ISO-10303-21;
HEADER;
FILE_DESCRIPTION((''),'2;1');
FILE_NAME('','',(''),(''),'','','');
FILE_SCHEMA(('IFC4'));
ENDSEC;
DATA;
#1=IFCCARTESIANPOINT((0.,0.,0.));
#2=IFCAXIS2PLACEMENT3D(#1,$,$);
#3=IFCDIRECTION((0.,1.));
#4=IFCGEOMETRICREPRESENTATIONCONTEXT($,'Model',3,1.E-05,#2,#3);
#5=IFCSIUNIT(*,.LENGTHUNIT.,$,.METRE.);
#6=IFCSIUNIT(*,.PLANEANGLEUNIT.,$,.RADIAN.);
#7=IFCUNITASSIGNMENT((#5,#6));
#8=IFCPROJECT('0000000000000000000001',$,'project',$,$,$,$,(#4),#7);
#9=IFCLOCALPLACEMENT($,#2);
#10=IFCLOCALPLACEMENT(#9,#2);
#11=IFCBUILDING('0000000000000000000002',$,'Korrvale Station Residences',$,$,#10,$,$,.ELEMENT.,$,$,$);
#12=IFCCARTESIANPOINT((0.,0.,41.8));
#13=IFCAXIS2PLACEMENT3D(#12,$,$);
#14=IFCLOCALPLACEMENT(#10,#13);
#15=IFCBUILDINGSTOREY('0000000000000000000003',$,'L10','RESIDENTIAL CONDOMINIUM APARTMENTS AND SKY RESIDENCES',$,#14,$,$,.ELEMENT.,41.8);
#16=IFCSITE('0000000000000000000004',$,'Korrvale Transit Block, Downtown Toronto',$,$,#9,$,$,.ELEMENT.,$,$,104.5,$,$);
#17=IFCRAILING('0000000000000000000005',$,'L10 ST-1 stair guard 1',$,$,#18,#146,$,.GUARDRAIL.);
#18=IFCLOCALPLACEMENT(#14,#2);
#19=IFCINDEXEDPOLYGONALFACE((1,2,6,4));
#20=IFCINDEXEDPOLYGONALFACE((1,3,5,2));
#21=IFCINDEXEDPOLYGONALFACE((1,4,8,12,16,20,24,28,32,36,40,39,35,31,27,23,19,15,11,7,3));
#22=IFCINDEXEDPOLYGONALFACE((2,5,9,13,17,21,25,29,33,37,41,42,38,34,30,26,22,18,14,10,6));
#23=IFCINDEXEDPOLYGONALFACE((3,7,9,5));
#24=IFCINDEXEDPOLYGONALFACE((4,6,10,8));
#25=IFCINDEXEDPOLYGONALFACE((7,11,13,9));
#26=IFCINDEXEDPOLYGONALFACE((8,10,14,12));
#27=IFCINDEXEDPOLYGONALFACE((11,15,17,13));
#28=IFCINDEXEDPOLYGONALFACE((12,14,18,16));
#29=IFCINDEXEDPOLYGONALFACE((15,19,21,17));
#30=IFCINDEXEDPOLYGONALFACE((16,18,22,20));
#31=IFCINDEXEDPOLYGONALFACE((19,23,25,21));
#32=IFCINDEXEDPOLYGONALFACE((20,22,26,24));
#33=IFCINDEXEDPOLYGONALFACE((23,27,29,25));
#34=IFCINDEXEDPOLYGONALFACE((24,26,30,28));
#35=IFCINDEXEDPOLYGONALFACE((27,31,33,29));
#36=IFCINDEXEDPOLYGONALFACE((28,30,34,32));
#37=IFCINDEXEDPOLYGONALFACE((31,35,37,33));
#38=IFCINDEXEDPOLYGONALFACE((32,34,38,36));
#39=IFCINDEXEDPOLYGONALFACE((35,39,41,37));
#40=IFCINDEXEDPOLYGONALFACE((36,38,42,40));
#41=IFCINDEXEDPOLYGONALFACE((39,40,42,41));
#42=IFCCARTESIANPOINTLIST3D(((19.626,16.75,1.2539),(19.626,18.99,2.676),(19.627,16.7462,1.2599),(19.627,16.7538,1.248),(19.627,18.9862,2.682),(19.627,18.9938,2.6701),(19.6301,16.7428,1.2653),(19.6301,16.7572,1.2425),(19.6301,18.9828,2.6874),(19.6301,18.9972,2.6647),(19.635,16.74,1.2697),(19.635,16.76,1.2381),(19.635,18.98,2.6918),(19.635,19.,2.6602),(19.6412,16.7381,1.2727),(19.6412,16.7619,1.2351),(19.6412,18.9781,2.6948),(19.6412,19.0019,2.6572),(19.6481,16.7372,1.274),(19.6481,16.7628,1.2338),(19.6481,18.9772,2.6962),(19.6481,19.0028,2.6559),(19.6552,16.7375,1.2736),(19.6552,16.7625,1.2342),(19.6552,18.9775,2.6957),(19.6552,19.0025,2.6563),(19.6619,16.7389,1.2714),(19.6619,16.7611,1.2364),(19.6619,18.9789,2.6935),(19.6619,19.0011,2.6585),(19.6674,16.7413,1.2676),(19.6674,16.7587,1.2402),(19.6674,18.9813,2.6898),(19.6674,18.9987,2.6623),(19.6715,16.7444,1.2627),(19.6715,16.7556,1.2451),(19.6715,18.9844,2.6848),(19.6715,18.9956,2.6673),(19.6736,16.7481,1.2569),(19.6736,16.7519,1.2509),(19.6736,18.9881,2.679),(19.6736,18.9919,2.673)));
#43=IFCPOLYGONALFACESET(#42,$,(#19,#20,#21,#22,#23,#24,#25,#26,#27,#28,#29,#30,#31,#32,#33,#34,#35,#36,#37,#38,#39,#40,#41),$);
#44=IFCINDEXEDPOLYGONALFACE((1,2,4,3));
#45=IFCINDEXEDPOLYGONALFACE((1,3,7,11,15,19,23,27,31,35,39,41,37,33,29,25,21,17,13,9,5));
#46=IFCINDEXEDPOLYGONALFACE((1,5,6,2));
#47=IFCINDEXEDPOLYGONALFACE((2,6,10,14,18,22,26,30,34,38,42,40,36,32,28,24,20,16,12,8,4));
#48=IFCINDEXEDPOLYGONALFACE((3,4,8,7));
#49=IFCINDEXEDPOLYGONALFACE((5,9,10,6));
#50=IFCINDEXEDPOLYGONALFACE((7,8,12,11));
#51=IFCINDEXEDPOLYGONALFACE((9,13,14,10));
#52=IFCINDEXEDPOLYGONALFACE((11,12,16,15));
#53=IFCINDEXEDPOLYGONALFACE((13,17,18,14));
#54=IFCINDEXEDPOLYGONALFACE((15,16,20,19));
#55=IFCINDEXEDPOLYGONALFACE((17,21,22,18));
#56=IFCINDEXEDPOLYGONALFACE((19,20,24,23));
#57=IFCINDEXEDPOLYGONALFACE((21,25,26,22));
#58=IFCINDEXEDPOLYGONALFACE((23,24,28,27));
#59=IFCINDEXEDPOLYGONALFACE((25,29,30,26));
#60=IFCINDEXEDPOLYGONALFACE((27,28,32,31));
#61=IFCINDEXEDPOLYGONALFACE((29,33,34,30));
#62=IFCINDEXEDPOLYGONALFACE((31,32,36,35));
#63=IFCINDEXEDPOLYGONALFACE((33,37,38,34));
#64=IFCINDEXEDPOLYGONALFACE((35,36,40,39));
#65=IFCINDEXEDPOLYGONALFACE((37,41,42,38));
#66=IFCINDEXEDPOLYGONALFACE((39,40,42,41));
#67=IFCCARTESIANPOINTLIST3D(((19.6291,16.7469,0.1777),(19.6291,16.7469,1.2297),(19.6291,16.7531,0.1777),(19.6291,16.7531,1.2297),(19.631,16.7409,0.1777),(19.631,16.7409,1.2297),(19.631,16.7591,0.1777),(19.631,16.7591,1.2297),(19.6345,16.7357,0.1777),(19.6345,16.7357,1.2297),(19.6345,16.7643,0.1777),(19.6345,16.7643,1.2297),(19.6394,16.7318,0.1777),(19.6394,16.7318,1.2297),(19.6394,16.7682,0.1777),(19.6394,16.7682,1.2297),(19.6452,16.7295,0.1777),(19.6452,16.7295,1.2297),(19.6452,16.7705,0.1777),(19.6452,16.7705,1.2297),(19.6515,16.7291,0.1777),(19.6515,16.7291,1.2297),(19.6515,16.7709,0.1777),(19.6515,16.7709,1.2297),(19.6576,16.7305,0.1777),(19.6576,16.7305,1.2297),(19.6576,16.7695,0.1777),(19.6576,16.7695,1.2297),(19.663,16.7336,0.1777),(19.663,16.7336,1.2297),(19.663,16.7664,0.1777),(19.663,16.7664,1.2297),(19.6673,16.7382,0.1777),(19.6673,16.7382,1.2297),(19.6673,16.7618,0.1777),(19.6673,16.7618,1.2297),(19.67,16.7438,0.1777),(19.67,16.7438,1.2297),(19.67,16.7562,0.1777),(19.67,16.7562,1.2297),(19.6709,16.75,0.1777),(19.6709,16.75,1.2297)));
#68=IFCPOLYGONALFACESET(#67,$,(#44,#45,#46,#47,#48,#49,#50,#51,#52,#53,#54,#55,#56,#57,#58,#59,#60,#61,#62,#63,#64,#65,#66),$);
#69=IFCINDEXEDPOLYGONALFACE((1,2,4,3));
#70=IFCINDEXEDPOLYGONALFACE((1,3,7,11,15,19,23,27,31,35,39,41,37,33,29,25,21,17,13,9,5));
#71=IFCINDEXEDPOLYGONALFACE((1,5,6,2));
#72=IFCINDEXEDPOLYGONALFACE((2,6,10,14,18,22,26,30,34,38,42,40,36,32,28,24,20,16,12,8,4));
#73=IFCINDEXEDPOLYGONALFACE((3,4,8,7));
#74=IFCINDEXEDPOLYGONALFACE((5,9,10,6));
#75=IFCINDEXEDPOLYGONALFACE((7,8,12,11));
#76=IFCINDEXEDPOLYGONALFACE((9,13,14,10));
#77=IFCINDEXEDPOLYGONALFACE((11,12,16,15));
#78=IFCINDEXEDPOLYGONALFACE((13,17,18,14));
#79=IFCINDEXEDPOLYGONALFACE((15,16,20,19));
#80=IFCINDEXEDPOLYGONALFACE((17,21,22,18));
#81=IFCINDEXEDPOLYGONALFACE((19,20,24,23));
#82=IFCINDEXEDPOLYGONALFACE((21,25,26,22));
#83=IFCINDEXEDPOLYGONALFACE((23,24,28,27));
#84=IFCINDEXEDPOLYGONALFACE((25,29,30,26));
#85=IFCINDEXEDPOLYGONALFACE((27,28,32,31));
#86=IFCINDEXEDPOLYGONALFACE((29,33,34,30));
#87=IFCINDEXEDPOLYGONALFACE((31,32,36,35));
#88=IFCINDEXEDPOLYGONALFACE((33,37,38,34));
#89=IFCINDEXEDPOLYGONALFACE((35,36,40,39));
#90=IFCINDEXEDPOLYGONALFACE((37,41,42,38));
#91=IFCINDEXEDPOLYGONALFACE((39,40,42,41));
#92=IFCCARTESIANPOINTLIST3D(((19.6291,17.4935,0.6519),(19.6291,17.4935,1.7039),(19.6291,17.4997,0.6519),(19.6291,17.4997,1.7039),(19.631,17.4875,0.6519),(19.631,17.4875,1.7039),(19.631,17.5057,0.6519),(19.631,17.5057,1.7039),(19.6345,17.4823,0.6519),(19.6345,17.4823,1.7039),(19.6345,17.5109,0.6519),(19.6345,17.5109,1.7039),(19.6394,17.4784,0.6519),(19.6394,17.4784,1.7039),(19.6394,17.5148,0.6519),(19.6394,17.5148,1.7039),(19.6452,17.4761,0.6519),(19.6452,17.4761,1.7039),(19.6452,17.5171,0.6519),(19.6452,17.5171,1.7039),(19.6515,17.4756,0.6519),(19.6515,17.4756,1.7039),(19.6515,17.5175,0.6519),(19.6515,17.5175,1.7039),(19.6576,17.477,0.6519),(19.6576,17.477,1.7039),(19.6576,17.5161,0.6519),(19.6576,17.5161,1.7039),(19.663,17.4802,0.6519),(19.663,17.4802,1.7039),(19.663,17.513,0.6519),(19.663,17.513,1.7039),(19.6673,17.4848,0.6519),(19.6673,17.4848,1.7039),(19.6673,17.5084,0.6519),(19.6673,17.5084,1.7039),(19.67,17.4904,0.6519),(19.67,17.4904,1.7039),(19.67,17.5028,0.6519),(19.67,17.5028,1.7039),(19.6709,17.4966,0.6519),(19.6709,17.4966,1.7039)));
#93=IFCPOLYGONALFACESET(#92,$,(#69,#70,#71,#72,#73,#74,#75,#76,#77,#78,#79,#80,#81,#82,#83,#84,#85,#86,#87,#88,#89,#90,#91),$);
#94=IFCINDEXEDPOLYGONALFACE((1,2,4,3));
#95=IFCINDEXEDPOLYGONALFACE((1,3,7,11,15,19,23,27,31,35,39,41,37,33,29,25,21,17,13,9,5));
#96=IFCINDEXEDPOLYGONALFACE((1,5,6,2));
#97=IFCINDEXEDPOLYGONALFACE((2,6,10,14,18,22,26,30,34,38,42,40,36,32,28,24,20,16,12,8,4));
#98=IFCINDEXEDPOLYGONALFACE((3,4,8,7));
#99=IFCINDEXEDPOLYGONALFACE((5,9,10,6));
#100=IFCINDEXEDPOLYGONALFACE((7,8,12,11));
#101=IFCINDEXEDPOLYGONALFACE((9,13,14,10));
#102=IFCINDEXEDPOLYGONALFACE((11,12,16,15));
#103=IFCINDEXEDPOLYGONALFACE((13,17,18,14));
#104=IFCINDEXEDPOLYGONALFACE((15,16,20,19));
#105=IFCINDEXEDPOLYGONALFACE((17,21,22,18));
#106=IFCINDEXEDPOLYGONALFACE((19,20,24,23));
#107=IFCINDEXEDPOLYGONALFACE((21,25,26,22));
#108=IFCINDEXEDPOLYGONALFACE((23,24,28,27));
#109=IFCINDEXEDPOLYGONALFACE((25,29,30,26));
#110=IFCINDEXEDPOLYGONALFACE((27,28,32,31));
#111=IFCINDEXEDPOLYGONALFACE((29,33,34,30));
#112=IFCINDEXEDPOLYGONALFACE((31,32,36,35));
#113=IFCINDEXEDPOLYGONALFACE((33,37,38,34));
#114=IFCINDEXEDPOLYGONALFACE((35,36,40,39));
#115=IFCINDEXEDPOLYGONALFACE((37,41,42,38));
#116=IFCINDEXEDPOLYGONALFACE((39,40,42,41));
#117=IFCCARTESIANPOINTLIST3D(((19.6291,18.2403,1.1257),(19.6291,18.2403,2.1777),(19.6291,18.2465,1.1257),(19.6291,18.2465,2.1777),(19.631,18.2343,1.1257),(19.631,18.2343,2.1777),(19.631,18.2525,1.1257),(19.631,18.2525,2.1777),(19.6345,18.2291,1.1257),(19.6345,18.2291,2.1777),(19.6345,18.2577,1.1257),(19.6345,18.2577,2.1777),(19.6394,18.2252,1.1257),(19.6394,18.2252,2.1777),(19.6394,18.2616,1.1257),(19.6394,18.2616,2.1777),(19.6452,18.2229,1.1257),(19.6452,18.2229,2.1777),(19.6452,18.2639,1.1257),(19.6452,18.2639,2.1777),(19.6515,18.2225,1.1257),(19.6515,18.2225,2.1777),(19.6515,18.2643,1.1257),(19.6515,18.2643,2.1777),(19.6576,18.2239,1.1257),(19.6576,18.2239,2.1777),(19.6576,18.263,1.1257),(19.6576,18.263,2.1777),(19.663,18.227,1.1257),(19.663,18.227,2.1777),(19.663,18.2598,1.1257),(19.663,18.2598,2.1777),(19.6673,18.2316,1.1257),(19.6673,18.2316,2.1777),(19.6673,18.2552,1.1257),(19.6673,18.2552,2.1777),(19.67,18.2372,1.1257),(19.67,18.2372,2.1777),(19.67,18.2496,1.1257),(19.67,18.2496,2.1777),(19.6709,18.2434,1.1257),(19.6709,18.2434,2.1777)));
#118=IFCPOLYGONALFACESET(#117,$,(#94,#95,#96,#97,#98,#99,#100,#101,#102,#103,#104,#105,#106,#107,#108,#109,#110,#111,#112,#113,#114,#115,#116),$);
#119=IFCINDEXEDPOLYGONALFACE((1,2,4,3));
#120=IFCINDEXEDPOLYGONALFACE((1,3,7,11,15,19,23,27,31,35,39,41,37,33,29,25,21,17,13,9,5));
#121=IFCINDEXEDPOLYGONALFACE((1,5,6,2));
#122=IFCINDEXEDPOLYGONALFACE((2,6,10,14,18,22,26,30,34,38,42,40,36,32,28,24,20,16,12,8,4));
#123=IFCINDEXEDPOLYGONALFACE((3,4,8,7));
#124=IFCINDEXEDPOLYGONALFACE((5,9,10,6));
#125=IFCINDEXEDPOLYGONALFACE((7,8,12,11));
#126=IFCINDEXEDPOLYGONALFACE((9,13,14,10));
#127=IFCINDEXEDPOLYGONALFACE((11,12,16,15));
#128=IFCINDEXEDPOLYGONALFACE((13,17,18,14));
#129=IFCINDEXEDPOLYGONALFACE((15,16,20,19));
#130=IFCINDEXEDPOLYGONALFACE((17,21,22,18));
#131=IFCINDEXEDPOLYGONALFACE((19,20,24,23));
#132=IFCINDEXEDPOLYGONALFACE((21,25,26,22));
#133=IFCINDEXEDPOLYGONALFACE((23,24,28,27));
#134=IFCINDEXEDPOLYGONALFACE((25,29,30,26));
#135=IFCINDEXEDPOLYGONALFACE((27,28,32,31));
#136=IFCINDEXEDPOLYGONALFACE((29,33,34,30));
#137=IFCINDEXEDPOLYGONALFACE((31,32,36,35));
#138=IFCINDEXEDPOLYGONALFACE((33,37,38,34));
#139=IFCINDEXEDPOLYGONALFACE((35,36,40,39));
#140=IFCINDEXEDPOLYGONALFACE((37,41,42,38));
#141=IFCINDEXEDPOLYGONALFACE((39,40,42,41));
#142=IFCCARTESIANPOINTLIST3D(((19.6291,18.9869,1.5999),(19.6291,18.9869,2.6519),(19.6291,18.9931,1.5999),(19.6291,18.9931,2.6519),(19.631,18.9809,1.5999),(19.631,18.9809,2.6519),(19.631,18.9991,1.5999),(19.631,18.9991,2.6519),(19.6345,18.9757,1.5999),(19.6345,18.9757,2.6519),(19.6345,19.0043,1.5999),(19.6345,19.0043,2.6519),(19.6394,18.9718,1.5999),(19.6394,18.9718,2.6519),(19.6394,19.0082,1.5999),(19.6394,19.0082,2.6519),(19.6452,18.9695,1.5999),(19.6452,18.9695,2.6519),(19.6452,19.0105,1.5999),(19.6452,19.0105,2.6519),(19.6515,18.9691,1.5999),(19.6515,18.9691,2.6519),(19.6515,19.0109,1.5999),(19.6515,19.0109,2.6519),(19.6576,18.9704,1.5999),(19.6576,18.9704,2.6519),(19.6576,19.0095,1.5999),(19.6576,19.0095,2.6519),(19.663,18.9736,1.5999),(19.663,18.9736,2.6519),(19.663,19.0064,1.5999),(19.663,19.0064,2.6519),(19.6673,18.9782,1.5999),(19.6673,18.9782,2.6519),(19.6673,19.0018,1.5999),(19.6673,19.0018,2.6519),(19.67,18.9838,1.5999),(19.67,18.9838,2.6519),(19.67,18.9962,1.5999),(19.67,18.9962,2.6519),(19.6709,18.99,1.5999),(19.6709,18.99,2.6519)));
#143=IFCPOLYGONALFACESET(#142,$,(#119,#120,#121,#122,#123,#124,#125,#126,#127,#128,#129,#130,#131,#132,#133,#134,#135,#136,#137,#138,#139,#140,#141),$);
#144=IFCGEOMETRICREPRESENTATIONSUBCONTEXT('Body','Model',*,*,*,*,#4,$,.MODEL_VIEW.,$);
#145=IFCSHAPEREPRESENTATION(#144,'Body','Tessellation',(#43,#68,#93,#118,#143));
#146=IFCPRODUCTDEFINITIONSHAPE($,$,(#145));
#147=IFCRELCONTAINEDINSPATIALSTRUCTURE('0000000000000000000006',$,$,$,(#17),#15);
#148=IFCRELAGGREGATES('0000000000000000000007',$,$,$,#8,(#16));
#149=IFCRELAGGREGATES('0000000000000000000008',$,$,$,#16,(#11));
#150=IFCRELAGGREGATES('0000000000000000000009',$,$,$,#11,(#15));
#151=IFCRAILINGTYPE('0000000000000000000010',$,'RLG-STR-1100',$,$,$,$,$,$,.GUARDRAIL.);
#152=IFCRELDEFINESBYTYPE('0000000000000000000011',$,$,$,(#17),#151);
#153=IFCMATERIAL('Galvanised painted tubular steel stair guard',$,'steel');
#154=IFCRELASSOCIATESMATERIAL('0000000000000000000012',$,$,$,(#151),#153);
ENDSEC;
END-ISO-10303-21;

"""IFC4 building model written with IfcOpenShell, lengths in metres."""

from ifc_helpers import new_model, si_unit, direction, frame, origin, origin_2d, place, context, subcontext, project, spatial, circle, extrude, material, type_object, element, save


model = new_model("IFC4")

# Units and contexts
model_context = context("Model", 3, precision=1e-05, world=origin(), true_north=direction((0.0, 1.0)))
body_context = subcontext(model_context, "Body", "Model", "MODEL_VIEW")
ifc_project = project(units=[si_unit("LENGTHUNIT", "METRE"), si_unit("PLANEANGLEUNIT", "RADIAN")], contexts=[model_context])

# Site, building, storey
site_placement = place(None, origin())
site = spatial("IfcSite", under=ifc_project, at=site_placement, Name="Korrvale Transit Block, Downtown Toronto", CompositionType="ELEMENT", RefElevation=104.5)
building_placement = place(site_placement, origin())
building = spatial("IfcBuilding", under=site, at=building_placement, Name="Korrvale Station Residences", CompositionType="ELEMENT")
storey_placement = place(building_placement, frame((0.0, 0.0, 41.8)))
storey = spatial("IfcBuildingStorey", under=building, at=storey_placement, Name="L10", Description="RESIDENTIAL CONDOMINIUM APARTMENTS AND SKY RESIDENCES", CompositionType="ELEMENT", Elevation=41.8)

# Railing
ifc_material_1 = material(Name="Galvanised painted tubular steel stair guard", Category="steel")
railing_type_1 = type_object("IfcRailingType", Name="RLG-STR-1100", PredefinedType="GUARDRAIL", material=ifc_material_1)
railing_1_placement = place(storey_placement, frame((19.6499, 16.75, 0.1777)))
element("IfcRailing", 1, at=railing_1_placement, inside=storey, type_object=railing_type_1, Name="L10 ST-1 stair guard 1", PredefinedType="GUARDRAIL", context=body_context, shape_type="SweptSolid", body=[
    extrude(circle(Radius=0.0239, at=origin_2d()), frame((0.0, 0.0, 1.0762), z_axis=(0.0, 0.844229, 0.535982), x_axis=(-1.0, 0.0, 0.0)), (0.0, 0.0, 1.0), 2.6533),
    extrude(circle(Radius=0.021, at=origin_2d()), origin(), (0.0, 0.0, 1.0), 1.052),
    extrude(circle(Radius=0.021, at=origin_2d()), frame((0.0, 0.7466, 0.4741)), (0.0, 0.0, 1.0), 1.052),
    extrude(circle(Radius=0.021, at=origin_2d()), frame((0.0, 1.4934, 0.948)), (0.0, 0.0, 1.0), 1.052),
    extrude(circle(Radius=0.021, at=origin_2d()), frame((0.0, 2.24, 1.4221)), (0.0, 0.0, 1.0), 1.052),
])

save(model, "model.ifc")
